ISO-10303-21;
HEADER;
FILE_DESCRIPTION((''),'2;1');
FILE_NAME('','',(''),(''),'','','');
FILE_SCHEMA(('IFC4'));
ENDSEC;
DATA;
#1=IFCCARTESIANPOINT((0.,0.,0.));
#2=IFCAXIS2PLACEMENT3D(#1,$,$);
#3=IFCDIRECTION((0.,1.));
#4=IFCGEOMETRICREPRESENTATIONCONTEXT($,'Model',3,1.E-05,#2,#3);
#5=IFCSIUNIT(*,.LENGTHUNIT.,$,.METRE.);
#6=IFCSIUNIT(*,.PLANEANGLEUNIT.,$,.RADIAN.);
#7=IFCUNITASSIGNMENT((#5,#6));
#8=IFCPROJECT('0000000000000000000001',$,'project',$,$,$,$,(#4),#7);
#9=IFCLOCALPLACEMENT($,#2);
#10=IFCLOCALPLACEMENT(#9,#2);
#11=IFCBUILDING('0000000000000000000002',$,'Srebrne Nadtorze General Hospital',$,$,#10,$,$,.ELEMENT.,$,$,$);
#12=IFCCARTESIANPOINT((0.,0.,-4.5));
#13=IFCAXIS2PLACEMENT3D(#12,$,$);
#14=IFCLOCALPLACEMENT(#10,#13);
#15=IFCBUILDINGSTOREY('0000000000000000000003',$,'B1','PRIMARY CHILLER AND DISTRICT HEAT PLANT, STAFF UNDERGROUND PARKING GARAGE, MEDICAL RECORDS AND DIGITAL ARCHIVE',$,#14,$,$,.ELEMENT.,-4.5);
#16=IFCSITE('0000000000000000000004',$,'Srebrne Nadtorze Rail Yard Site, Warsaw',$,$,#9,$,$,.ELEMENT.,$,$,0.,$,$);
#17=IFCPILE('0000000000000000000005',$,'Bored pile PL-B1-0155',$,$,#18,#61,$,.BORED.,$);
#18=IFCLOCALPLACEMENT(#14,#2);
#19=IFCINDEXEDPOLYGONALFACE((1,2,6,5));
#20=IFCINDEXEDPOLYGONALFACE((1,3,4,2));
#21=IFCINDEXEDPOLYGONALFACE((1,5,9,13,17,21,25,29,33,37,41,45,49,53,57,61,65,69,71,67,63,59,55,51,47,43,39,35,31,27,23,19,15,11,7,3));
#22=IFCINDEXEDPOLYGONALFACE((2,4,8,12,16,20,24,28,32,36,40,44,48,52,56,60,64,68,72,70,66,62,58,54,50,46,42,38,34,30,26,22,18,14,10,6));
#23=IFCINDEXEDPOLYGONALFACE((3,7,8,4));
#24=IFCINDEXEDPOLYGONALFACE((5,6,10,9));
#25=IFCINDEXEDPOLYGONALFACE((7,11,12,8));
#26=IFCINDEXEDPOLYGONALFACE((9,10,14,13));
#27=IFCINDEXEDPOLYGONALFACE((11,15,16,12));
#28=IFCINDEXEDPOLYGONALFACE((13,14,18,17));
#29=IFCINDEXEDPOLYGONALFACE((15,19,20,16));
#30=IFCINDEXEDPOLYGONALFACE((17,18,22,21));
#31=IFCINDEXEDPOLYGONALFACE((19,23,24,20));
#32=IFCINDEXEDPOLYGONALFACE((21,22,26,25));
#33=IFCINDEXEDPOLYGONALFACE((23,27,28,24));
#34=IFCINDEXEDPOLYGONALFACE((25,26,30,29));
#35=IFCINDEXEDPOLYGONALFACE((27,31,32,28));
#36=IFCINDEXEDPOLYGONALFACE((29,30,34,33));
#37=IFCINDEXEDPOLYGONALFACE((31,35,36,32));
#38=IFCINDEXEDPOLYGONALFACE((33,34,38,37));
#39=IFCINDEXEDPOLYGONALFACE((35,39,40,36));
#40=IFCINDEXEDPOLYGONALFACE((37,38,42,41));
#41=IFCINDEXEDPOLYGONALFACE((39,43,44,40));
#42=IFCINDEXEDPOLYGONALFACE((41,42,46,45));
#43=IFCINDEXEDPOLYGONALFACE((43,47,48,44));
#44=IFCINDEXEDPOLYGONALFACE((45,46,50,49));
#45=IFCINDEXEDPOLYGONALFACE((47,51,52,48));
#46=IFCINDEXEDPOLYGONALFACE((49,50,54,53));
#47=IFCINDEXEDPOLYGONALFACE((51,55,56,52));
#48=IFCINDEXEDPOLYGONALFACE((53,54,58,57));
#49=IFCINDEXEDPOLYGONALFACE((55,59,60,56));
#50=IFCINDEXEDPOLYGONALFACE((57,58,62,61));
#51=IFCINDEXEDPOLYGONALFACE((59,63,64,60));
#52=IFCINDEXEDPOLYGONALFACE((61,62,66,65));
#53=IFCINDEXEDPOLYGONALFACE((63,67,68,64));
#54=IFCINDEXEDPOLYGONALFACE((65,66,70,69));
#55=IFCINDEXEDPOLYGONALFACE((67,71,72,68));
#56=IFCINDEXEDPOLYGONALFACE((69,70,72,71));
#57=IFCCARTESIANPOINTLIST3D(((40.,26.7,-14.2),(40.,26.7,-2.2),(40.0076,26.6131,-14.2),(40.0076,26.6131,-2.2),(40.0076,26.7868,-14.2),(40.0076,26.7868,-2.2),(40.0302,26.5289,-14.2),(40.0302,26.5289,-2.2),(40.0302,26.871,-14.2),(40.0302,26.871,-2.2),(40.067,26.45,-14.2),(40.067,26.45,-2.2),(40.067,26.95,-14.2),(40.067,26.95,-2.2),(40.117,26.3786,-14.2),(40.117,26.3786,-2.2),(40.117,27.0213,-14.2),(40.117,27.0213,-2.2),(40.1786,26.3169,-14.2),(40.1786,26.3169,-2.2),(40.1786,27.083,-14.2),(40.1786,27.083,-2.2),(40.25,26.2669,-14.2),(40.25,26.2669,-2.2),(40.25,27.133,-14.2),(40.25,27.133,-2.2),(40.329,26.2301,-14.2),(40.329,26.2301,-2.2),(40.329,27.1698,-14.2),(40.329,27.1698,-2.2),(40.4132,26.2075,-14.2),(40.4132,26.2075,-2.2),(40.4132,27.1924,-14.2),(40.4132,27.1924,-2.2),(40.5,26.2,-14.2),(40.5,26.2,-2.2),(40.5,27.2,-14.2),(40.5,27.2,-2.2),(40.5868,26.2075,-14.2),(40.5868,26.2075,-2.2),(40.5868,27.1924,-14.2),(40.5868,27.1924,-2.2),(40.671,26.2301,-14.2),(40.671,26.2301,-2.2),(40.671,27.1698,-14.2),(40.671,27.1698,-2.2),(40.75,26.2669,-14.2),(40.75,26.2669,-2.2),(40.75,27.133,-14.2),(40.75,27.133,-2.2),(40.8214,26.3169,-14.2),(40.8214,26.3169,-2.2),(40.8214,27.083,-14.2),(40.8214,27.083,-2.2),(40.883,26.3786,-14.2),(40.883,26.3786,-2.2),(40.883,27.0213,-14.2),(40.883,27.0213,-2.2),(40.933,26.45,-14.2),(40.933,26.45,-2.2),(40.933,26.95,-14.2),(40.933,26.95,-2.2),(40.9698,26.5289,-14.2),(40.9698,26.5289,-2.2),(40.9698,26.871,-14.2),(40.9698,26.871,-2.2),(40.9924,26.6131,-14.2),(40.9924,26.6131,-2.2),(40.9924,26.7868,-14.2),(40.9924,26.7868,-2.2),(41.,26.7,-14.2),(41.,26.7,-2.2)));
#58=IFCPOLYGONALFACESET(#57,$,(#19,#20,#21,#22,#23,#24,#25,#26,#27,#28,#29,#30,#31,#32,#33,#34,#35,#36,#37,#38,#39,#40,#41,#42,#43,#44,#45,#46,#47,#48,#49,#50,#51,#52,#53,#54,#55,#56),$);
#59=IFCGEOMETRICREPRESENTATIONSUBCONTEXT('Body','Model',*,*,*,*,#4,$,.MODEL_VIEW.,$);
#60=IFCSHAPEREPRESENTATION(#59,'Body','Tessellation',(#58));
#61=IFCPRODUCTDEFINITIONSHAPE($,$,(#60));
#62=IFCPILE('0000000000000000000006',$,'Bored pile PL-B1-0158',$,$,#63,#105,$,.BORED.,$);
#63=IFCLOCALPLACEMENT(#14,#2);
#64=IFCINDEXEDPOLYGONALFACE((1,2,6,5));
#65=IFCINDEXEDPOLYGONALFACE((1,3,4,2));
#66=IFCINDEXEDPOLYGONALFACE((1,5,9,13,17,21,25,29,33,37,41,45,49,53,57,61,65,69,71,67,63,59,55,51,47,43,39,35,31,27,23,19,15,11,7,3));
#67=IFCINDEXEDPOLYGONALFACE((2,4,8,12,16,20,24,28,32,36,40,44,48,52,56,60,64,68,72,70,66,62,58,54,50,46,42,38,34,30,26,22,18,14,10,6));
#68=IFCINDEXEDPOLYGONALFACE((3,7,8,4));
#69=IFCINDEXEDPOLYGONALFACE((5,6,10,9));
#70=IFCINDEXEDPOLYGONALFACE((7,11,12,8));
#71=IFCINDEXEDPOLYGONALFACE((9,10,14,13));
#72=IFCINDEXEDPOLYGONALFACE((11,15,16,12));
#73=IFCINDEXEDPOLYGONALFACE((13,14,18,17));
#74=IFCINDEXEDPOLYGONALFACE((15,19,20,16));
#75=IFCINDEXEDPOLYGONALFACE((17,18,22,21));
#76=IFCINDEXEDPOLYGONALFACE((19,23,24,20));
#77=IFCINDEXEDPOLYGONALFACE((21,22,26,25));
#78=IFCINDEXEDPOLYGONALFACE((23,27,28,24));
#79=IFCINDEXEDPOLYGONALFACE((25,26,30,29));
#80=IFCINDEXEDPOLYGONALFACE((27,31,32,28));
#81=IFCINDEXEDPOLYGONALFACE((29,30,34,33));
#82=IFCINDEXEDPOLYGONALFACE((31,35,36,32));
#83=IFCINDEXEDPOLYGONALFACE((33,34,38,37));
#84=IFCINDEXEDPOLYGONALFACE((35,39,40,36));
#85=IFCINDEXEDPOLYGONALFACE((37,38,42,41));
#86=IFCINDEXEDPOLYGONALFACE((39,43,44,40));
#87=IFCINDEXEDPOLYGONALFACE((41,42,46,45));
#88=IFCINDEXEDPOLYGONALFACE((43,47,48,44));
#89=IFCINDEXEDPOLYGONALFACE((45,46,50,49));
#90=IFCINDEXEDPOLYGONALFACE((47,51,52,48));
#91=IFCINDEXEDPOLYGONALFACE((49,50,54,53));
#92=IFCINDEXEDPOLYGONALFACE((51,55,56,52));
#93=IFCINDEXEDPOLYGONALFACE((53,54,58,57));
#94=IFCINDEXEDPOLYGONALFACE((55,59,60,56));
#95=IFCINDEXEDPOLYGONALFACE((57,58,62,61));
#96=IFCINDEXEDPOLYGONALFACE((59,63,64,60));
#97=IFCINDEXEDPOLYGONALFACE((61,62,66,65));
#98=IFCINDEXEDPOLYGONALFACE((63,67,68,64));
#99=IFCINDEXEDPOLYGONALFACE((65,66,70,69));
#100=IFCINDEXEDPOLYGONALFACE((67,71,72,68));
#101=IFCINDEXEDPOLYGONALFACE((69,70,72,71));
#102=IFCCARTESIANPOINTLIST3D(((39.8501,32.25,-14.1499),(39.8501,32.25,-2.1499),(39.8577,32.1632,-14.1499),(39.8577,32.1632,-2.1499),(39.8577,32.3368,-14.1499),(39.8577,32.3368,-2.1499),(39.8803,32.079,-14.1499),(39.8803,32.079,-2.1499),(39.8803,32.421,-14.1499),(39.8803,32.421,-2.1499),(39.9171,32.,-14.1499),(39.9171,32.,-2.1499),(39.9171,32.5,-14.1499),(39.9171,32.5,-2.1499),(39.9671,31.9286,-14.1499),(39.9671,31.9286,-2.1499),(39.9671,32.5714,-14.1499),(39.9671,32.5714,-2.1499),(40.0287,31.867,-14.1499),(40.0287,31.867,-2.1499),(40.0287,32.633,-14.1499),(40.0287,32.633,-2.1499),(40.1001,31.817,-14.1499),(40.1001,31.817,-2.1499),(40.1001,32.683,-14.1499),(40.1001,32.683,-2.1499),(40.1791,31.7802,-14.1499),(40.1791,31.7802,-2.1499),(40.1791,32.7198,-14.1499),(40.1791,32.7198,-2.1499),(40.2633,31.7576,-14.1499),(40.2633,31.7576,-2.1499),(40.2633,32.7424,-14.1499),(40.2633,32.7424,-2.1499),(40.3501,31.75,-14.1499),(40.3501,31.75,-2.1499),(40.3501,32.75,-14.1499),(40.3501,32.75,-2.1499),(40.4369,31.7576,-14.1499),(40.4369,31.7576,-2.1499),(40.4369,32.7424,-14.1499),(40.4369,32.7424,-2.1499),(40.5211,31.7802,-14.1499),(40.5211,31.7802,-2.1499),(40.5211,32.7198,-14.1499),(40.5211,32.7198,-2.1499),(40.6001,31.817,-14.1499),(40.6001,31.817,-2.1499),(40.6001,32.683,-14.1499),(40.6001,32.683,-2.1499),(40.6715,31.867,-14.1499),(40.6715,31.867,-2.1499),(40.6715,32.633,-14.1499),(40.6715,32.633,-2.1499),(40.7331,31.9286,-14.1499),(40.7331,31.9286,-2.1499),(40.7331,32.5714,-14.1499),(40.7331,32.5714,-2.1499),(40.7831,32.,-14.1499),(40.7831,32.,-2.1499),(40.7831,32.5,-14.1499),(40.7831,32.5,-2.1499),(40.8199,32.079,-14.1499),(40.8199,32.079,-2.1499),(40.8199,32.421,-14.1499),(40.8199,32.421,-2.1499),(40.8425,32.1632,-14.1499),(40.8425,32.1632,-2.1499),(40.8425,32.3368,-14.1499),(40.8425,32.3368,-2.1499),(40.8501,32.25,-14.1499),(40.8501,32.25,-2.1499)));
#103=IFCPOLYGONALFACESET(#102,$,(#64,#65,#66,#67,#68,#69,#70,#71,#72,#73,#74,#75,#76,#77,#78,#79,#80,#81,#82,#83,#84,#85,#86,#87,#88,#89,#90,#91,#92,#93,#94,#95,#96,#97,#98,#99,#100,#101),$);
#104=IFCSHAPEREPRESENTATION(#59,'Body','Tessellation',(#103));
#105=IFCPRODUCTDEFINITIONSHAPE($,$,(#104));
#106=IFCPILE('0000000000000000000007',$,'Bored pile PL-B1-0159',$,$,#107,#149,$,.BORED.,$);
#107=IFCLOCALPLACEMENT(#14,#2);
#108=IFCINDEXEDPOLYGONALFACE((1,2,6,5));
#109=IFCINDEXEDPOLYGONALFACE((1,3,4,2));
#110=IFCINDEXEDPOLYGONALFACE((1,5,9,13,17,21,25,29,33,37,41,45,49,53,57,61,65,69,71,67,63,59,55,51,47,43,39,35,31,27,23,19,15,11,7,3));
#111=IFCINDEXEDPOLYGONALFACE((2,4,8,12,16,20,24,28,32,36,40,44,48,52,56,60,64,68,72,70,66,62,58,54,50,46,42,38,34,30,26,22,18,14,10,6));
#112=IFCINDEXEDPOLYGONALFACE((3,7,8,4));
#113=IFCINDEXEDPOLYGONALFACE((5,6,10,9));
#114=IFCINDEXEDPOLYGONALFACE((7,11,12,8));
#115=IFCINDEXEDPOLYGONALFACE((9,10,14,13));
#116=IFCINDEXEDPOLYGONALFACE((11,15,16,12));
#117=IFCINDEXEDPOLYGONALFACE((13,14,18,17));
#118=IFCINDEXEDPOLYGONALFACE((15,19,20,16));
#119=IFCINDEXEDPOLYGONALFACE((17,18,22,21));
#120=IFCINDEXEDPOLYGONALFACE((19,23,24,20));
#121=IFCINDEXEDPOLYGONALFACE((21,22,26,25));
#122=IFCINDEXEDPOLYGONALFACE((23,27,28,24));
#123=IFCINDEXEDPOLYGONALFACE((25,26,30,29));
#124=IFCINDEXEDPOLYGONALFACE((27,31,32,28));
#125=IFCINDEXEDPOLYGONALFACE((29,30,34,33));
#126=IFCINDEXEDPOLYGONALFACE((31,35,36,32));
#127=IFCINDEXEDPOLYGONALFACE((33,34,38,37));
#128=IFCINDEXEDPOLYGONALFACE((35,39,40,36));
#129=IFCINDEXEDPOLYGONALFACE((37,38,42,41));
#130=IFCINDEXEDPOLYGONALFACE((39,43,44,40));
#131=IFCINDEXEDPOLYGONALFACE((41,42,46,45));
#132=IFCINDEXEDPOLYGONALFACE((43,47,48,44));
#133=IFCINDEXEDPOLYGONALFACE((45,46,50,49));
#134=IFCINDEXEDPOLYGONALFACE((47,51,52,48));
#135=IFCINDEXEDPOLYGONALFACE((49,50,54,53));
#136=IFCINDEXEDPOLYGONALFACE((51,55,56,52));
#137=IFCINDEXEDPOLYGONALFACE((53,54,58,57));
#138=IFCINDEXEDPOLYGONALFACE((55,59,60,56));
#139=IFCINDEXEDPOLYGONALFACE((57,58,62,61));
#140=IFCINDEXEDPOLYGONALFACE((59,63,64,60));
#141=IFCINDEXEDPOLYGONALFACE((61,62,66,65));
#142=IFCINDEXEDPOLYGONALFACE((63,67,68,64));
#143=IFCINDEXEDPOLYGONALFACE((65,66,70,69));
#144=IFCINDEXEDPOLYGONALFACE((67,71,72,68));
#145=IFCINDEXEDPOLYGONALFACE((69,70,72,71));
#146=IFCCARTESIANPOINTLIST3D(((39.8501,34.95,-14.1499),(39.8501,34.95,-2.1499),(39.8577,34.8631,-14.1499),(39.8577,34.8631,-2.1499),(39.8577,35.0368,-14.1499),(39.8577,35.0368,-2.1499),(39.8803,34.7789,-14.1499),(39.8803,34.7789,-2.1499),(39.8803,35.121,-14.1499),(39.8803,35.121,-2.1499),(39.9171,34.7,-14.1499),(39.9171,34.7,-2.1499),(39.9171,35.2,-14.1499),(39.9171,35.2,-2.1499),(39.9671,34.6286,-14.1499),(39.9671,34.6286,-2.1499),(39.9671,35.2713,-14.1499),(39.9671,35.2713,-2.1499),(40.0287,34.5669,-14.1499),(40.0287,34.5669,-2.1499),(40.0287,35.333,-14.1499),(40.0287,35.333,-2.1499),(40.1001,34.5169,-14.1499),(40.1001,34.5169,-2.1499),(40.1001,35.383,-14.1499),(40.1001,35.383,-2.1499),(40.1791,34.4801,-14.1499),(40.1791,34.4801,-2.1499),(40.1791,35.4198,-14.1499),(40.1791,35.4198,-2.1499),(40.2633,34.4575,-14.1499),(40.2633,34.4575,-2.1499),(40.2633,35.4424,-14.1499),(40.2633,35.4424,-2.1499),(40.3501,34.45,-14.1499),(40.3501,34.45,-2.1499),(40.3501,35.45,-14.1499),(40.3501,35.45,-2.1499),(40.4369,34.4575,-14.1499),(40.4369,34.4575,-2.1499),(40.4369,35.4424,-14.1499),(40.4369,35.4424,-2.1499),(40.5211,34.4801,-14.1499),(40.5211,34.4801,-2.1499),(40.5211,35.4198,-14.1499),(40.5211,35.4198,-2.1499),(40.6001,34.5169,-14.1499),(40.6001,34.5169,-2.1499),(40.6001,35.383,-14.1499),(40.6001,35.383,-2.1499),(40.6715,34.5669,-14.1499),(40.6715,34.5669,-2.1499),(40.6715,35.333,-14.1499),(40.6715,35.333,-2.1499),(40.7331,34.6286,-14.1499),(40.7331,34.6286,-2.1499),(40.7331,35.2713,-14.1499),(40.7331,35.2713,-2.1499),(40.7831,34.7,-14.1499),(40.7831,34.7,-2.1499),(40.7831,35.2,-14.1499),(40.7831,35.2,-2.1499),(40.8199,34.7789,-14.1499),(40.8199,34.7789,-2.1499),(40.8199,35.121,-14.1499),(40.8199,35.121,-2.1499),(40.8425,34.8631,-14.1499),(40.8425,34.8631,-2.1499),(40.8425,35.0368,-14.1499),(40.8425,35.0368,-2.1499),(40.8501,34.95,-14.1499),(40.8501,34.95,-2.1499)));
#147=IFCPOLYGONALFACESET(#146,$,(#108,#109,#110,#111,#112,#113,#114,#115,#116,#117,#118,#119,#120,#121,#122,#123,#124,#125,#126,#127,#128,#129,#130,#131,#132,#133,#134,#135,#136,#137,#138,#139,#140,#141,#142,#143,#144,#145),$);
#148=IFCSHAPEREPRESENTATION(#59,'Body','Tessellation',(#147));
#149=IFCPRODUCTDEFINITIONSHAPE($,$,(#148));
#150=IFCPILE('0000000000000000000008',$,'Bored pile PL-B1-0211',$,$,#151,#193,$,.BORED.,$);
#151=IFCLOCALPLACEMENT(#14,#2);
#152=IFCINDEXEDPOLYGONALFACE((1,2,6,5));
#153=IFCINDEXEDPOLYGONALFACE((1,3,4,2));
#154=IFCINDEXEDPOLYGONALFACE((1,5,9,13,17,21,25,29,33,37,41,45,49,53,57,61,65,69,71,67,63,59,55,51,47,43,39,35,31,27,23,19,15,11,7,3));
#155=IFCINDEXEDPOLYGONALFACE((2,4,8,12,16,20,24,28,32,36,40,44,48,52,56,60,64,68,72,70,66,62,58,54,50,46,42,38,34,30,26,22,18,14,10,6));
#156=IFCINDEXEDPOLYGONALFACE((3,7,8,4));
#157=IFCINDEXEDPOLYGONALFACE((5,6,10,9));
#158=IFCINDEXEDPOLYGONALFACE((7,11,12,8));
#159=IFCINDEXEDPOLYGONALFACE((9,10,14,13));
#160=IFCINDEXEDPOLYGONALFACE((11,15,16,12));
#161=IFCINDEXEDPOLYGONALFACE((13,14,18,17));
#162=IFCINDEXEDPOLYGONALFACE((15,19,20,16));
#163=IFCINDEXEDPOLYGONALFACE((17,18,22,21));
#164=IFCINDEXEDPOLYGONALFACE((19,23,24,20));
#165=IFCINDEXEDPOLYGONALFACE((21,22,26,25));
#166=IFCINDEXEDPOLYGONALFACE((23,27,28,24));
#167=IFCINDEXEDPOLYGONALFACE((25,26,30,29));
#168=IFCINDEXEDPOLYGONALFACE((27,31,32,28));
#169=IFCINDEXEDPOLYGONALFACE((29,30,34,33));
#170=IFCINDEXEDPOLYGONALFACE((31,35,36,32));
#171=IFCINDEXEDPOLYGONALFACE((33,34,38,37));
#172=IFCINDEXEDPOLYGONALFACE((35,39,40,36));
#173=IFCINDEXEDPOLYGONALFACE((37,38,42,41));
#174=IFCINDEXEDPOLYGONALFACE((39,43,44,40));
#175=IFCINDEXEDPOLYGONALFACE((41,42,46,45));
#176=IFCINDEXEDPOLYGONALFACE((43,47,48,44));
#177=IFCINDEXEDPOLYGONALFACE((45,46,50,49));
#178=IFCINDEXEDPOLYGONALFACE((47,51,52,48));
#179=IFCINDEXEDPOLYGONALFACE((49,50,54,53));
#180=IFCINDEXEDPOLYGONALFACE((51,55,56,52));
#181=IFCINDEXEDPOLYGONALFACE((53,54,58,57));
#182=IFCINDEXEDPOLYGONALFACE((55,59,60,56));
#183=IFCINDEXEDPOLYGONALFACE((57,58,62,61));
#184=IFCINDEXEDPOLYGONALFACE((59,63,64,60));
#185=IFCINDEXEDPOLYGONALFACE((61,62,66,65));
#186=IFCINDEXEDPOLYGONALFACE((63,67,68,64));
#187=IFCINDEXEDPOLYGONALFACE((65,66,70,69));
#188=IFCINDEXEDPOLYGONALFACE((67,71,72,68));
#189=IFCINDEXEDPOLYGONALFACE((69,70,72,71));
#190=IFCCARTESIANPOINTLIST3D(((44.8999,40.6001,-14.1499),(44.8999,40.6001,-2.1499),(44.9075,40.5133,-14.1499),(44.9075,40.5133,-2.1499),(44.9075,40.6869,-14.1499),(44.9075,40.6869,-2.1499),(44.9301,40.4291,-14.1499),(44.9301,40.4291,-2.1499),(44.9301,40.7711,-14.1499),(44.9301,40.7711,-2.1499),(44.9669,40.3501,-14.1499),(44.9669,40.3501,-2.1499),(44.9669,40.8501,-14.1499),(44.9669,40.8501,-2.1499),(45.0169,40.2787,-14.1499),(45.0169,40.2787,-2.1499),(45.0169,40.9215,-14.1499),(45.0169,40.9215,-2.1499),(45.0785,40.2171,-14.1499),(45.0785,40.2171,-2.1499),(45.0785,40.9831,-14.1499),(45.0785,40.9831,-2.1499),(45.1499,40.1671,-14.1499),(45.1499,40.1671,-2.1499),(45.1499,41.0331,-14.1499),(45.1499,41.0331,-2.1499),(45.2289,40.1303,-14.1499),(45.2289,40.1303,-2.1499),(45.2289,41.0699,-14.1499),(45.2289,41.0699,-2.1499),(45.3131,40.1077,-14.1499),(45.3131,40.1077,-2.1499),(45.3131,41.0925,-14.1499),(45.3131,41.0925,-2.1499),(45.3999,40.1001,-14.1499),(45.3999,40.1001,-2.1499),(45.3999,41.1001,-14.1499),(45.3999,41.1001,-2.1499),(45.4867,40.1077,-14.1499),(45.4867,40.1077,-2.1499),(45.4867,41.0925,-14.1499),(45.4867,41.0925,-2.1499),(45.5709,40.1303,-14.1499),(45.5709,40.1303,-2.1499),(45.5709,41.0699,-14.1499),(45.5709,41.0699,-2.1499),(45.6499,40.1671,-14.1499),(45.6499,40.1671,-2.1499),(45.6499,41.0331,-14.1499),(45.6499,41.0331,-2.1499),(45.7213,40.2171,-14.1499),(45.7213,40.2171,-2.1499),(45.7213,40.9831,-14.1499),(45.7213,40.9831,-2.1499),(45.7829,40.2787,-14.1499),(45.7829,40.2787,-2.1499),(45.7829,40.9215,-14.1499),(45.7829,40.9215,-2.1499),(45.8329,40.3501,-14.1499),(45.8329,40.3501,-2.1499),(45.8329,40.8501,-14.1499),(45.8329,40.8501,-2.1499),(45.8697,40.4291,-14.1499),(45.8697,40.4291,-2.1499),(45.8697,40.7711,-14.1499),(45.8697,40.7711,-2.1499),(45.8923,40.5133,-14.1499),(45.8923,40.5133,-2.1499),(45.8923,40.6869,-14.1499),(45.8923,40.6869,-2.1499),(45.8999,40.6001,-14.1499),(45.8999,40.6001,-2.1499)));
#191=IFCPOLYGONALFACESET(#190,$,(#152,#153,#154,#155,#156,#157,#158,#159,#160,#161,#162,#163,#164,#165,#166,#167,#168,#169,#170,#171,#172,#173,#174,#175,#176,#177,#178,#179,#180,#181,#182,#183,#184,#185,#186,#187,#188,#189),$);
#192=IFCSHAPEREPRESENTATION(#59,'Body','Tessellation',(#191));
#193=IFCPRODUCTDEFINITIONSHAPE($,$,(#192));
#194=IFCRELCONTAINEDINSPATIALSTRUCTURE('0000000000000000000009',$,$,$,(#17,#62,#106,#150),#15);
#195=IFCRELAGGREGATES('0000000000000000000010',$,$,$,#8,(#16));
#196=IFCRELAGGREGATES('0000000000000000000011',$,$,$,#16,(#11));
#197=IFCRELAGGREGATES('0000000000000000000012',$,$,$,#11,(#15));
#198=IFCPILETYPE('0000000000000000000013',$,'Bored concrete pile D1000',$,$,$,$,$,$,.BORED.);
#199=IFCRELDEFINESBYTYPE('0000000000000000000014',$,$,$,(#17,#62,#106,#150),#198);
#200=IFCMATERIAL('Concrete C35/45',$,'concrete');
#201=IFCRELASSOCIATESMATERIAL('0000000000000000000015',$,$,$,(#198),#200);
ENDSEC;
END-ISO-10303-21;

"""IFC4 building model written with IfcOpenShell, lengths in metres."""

from ifc_helpers import new_model, si_unit, direction, frame, origin, origin_2d, place, context, subcontext, project, spatial, circle, extrude, material, material_profile, profile_set, type_object, element, save


model = new_model("IFC4")

# Units and contexts
model_context = context("Model", 3, precision=1e-05, world=origin(), true_north=direction((0.0, 1.0)))
body_context = subcontext(model_context, "Body", "Model", "MODEL_VIEW")
ifc_project = project(units=[si_unit("LENGTHUNIT", "METRE"), si_unit("PLANEANGLEUNIT", "RADIAN")], contexts=[model_context])

# Site, building, storey
site_placement = place(None, origin())
site = spatial("IfcSite", under=ifc_project, at=site_placement, Name="Srebrne Nadtorze Rail Yard Site, Warsaw", CompositionType="ELEMENT", RefElevation=0.0)
building_placement = place(site_placement, origin())
building = spatial("IfcBuilding", under=site, at=building_placement, Name="Srebrne Nadtorze General Hospital", CompositionType="ELEMENT")
storey_placement = place(building_placement, frame((0.0, 0.0, -4.5)))
storey = spatial("IfcBuildingStorey", under=building, at=storey_placement, Name="B1", Description="PRIMARY CHILLER AND DISTRICT HEAT PLANT, STAFF UNDERGROUND PARKING GARAGE, MEDICAL RECORDS AND DIGITAL ARCHIVE", CompositionType="ELEMENT", Elevation=-4.5)

# Piles
ifc_material_1 = material(Name="Concrete C35/45", Category="concrete")
ifc_material_profile_1 = material_profile(ifc_material_1, circle(Radius=0.5, at=origin_2d()), Name="PILE-D1000")
ifc_profile_set_1 = profile_set([ifc_material_profile_1], Name="Concrete C35/45")
pile_type_1 = type_object("IfcPileType", Name="Bored concrete pile D1000", PredefinedType="BORED", material=ifc_profile_set_1)
for number, where, z_axis, x_axis, name in (
    (1, (40.5, 26.7, -2.2), (0.0, 0.0, -1.0), (1.0, 0.0, 0.0), "Bored pile PL-B1-0155"),
    (2, (40.3501, 32.25, -2.1499), (0.0, 0.0, -1.0), (1.0, 0.0, 0.0), "Bored pile PL-B1-0158"),
    (3, (40.3501, 34.95, -2.1499), (0.0, 0.0, -1.0), (1.0, 0.0, 0.0), "Bored pile PL-B1-0159"),
    (4, (45.3999, 40.6001, -2.1499), (0.0, 0.0, -1.0), (1.0, 0.0, 0.0), "Bored pile PL-B1-0211"),
):
    element("IfcPile", number, at=place(storey_placement, frame(where, z_axis=z_axis, x_axis=x_axis)), inside=storey, type_object=pile_type_1, Name=name, PredefinedType="BORED", context=body_context, shape_type="SweptSolid", body=[
        extrude(circle(Radius=0.5, at=origin_2d()), origin(), (0.0, 0.0, 1.0), 12.0),
    ])

save(model, "model.ifc")
